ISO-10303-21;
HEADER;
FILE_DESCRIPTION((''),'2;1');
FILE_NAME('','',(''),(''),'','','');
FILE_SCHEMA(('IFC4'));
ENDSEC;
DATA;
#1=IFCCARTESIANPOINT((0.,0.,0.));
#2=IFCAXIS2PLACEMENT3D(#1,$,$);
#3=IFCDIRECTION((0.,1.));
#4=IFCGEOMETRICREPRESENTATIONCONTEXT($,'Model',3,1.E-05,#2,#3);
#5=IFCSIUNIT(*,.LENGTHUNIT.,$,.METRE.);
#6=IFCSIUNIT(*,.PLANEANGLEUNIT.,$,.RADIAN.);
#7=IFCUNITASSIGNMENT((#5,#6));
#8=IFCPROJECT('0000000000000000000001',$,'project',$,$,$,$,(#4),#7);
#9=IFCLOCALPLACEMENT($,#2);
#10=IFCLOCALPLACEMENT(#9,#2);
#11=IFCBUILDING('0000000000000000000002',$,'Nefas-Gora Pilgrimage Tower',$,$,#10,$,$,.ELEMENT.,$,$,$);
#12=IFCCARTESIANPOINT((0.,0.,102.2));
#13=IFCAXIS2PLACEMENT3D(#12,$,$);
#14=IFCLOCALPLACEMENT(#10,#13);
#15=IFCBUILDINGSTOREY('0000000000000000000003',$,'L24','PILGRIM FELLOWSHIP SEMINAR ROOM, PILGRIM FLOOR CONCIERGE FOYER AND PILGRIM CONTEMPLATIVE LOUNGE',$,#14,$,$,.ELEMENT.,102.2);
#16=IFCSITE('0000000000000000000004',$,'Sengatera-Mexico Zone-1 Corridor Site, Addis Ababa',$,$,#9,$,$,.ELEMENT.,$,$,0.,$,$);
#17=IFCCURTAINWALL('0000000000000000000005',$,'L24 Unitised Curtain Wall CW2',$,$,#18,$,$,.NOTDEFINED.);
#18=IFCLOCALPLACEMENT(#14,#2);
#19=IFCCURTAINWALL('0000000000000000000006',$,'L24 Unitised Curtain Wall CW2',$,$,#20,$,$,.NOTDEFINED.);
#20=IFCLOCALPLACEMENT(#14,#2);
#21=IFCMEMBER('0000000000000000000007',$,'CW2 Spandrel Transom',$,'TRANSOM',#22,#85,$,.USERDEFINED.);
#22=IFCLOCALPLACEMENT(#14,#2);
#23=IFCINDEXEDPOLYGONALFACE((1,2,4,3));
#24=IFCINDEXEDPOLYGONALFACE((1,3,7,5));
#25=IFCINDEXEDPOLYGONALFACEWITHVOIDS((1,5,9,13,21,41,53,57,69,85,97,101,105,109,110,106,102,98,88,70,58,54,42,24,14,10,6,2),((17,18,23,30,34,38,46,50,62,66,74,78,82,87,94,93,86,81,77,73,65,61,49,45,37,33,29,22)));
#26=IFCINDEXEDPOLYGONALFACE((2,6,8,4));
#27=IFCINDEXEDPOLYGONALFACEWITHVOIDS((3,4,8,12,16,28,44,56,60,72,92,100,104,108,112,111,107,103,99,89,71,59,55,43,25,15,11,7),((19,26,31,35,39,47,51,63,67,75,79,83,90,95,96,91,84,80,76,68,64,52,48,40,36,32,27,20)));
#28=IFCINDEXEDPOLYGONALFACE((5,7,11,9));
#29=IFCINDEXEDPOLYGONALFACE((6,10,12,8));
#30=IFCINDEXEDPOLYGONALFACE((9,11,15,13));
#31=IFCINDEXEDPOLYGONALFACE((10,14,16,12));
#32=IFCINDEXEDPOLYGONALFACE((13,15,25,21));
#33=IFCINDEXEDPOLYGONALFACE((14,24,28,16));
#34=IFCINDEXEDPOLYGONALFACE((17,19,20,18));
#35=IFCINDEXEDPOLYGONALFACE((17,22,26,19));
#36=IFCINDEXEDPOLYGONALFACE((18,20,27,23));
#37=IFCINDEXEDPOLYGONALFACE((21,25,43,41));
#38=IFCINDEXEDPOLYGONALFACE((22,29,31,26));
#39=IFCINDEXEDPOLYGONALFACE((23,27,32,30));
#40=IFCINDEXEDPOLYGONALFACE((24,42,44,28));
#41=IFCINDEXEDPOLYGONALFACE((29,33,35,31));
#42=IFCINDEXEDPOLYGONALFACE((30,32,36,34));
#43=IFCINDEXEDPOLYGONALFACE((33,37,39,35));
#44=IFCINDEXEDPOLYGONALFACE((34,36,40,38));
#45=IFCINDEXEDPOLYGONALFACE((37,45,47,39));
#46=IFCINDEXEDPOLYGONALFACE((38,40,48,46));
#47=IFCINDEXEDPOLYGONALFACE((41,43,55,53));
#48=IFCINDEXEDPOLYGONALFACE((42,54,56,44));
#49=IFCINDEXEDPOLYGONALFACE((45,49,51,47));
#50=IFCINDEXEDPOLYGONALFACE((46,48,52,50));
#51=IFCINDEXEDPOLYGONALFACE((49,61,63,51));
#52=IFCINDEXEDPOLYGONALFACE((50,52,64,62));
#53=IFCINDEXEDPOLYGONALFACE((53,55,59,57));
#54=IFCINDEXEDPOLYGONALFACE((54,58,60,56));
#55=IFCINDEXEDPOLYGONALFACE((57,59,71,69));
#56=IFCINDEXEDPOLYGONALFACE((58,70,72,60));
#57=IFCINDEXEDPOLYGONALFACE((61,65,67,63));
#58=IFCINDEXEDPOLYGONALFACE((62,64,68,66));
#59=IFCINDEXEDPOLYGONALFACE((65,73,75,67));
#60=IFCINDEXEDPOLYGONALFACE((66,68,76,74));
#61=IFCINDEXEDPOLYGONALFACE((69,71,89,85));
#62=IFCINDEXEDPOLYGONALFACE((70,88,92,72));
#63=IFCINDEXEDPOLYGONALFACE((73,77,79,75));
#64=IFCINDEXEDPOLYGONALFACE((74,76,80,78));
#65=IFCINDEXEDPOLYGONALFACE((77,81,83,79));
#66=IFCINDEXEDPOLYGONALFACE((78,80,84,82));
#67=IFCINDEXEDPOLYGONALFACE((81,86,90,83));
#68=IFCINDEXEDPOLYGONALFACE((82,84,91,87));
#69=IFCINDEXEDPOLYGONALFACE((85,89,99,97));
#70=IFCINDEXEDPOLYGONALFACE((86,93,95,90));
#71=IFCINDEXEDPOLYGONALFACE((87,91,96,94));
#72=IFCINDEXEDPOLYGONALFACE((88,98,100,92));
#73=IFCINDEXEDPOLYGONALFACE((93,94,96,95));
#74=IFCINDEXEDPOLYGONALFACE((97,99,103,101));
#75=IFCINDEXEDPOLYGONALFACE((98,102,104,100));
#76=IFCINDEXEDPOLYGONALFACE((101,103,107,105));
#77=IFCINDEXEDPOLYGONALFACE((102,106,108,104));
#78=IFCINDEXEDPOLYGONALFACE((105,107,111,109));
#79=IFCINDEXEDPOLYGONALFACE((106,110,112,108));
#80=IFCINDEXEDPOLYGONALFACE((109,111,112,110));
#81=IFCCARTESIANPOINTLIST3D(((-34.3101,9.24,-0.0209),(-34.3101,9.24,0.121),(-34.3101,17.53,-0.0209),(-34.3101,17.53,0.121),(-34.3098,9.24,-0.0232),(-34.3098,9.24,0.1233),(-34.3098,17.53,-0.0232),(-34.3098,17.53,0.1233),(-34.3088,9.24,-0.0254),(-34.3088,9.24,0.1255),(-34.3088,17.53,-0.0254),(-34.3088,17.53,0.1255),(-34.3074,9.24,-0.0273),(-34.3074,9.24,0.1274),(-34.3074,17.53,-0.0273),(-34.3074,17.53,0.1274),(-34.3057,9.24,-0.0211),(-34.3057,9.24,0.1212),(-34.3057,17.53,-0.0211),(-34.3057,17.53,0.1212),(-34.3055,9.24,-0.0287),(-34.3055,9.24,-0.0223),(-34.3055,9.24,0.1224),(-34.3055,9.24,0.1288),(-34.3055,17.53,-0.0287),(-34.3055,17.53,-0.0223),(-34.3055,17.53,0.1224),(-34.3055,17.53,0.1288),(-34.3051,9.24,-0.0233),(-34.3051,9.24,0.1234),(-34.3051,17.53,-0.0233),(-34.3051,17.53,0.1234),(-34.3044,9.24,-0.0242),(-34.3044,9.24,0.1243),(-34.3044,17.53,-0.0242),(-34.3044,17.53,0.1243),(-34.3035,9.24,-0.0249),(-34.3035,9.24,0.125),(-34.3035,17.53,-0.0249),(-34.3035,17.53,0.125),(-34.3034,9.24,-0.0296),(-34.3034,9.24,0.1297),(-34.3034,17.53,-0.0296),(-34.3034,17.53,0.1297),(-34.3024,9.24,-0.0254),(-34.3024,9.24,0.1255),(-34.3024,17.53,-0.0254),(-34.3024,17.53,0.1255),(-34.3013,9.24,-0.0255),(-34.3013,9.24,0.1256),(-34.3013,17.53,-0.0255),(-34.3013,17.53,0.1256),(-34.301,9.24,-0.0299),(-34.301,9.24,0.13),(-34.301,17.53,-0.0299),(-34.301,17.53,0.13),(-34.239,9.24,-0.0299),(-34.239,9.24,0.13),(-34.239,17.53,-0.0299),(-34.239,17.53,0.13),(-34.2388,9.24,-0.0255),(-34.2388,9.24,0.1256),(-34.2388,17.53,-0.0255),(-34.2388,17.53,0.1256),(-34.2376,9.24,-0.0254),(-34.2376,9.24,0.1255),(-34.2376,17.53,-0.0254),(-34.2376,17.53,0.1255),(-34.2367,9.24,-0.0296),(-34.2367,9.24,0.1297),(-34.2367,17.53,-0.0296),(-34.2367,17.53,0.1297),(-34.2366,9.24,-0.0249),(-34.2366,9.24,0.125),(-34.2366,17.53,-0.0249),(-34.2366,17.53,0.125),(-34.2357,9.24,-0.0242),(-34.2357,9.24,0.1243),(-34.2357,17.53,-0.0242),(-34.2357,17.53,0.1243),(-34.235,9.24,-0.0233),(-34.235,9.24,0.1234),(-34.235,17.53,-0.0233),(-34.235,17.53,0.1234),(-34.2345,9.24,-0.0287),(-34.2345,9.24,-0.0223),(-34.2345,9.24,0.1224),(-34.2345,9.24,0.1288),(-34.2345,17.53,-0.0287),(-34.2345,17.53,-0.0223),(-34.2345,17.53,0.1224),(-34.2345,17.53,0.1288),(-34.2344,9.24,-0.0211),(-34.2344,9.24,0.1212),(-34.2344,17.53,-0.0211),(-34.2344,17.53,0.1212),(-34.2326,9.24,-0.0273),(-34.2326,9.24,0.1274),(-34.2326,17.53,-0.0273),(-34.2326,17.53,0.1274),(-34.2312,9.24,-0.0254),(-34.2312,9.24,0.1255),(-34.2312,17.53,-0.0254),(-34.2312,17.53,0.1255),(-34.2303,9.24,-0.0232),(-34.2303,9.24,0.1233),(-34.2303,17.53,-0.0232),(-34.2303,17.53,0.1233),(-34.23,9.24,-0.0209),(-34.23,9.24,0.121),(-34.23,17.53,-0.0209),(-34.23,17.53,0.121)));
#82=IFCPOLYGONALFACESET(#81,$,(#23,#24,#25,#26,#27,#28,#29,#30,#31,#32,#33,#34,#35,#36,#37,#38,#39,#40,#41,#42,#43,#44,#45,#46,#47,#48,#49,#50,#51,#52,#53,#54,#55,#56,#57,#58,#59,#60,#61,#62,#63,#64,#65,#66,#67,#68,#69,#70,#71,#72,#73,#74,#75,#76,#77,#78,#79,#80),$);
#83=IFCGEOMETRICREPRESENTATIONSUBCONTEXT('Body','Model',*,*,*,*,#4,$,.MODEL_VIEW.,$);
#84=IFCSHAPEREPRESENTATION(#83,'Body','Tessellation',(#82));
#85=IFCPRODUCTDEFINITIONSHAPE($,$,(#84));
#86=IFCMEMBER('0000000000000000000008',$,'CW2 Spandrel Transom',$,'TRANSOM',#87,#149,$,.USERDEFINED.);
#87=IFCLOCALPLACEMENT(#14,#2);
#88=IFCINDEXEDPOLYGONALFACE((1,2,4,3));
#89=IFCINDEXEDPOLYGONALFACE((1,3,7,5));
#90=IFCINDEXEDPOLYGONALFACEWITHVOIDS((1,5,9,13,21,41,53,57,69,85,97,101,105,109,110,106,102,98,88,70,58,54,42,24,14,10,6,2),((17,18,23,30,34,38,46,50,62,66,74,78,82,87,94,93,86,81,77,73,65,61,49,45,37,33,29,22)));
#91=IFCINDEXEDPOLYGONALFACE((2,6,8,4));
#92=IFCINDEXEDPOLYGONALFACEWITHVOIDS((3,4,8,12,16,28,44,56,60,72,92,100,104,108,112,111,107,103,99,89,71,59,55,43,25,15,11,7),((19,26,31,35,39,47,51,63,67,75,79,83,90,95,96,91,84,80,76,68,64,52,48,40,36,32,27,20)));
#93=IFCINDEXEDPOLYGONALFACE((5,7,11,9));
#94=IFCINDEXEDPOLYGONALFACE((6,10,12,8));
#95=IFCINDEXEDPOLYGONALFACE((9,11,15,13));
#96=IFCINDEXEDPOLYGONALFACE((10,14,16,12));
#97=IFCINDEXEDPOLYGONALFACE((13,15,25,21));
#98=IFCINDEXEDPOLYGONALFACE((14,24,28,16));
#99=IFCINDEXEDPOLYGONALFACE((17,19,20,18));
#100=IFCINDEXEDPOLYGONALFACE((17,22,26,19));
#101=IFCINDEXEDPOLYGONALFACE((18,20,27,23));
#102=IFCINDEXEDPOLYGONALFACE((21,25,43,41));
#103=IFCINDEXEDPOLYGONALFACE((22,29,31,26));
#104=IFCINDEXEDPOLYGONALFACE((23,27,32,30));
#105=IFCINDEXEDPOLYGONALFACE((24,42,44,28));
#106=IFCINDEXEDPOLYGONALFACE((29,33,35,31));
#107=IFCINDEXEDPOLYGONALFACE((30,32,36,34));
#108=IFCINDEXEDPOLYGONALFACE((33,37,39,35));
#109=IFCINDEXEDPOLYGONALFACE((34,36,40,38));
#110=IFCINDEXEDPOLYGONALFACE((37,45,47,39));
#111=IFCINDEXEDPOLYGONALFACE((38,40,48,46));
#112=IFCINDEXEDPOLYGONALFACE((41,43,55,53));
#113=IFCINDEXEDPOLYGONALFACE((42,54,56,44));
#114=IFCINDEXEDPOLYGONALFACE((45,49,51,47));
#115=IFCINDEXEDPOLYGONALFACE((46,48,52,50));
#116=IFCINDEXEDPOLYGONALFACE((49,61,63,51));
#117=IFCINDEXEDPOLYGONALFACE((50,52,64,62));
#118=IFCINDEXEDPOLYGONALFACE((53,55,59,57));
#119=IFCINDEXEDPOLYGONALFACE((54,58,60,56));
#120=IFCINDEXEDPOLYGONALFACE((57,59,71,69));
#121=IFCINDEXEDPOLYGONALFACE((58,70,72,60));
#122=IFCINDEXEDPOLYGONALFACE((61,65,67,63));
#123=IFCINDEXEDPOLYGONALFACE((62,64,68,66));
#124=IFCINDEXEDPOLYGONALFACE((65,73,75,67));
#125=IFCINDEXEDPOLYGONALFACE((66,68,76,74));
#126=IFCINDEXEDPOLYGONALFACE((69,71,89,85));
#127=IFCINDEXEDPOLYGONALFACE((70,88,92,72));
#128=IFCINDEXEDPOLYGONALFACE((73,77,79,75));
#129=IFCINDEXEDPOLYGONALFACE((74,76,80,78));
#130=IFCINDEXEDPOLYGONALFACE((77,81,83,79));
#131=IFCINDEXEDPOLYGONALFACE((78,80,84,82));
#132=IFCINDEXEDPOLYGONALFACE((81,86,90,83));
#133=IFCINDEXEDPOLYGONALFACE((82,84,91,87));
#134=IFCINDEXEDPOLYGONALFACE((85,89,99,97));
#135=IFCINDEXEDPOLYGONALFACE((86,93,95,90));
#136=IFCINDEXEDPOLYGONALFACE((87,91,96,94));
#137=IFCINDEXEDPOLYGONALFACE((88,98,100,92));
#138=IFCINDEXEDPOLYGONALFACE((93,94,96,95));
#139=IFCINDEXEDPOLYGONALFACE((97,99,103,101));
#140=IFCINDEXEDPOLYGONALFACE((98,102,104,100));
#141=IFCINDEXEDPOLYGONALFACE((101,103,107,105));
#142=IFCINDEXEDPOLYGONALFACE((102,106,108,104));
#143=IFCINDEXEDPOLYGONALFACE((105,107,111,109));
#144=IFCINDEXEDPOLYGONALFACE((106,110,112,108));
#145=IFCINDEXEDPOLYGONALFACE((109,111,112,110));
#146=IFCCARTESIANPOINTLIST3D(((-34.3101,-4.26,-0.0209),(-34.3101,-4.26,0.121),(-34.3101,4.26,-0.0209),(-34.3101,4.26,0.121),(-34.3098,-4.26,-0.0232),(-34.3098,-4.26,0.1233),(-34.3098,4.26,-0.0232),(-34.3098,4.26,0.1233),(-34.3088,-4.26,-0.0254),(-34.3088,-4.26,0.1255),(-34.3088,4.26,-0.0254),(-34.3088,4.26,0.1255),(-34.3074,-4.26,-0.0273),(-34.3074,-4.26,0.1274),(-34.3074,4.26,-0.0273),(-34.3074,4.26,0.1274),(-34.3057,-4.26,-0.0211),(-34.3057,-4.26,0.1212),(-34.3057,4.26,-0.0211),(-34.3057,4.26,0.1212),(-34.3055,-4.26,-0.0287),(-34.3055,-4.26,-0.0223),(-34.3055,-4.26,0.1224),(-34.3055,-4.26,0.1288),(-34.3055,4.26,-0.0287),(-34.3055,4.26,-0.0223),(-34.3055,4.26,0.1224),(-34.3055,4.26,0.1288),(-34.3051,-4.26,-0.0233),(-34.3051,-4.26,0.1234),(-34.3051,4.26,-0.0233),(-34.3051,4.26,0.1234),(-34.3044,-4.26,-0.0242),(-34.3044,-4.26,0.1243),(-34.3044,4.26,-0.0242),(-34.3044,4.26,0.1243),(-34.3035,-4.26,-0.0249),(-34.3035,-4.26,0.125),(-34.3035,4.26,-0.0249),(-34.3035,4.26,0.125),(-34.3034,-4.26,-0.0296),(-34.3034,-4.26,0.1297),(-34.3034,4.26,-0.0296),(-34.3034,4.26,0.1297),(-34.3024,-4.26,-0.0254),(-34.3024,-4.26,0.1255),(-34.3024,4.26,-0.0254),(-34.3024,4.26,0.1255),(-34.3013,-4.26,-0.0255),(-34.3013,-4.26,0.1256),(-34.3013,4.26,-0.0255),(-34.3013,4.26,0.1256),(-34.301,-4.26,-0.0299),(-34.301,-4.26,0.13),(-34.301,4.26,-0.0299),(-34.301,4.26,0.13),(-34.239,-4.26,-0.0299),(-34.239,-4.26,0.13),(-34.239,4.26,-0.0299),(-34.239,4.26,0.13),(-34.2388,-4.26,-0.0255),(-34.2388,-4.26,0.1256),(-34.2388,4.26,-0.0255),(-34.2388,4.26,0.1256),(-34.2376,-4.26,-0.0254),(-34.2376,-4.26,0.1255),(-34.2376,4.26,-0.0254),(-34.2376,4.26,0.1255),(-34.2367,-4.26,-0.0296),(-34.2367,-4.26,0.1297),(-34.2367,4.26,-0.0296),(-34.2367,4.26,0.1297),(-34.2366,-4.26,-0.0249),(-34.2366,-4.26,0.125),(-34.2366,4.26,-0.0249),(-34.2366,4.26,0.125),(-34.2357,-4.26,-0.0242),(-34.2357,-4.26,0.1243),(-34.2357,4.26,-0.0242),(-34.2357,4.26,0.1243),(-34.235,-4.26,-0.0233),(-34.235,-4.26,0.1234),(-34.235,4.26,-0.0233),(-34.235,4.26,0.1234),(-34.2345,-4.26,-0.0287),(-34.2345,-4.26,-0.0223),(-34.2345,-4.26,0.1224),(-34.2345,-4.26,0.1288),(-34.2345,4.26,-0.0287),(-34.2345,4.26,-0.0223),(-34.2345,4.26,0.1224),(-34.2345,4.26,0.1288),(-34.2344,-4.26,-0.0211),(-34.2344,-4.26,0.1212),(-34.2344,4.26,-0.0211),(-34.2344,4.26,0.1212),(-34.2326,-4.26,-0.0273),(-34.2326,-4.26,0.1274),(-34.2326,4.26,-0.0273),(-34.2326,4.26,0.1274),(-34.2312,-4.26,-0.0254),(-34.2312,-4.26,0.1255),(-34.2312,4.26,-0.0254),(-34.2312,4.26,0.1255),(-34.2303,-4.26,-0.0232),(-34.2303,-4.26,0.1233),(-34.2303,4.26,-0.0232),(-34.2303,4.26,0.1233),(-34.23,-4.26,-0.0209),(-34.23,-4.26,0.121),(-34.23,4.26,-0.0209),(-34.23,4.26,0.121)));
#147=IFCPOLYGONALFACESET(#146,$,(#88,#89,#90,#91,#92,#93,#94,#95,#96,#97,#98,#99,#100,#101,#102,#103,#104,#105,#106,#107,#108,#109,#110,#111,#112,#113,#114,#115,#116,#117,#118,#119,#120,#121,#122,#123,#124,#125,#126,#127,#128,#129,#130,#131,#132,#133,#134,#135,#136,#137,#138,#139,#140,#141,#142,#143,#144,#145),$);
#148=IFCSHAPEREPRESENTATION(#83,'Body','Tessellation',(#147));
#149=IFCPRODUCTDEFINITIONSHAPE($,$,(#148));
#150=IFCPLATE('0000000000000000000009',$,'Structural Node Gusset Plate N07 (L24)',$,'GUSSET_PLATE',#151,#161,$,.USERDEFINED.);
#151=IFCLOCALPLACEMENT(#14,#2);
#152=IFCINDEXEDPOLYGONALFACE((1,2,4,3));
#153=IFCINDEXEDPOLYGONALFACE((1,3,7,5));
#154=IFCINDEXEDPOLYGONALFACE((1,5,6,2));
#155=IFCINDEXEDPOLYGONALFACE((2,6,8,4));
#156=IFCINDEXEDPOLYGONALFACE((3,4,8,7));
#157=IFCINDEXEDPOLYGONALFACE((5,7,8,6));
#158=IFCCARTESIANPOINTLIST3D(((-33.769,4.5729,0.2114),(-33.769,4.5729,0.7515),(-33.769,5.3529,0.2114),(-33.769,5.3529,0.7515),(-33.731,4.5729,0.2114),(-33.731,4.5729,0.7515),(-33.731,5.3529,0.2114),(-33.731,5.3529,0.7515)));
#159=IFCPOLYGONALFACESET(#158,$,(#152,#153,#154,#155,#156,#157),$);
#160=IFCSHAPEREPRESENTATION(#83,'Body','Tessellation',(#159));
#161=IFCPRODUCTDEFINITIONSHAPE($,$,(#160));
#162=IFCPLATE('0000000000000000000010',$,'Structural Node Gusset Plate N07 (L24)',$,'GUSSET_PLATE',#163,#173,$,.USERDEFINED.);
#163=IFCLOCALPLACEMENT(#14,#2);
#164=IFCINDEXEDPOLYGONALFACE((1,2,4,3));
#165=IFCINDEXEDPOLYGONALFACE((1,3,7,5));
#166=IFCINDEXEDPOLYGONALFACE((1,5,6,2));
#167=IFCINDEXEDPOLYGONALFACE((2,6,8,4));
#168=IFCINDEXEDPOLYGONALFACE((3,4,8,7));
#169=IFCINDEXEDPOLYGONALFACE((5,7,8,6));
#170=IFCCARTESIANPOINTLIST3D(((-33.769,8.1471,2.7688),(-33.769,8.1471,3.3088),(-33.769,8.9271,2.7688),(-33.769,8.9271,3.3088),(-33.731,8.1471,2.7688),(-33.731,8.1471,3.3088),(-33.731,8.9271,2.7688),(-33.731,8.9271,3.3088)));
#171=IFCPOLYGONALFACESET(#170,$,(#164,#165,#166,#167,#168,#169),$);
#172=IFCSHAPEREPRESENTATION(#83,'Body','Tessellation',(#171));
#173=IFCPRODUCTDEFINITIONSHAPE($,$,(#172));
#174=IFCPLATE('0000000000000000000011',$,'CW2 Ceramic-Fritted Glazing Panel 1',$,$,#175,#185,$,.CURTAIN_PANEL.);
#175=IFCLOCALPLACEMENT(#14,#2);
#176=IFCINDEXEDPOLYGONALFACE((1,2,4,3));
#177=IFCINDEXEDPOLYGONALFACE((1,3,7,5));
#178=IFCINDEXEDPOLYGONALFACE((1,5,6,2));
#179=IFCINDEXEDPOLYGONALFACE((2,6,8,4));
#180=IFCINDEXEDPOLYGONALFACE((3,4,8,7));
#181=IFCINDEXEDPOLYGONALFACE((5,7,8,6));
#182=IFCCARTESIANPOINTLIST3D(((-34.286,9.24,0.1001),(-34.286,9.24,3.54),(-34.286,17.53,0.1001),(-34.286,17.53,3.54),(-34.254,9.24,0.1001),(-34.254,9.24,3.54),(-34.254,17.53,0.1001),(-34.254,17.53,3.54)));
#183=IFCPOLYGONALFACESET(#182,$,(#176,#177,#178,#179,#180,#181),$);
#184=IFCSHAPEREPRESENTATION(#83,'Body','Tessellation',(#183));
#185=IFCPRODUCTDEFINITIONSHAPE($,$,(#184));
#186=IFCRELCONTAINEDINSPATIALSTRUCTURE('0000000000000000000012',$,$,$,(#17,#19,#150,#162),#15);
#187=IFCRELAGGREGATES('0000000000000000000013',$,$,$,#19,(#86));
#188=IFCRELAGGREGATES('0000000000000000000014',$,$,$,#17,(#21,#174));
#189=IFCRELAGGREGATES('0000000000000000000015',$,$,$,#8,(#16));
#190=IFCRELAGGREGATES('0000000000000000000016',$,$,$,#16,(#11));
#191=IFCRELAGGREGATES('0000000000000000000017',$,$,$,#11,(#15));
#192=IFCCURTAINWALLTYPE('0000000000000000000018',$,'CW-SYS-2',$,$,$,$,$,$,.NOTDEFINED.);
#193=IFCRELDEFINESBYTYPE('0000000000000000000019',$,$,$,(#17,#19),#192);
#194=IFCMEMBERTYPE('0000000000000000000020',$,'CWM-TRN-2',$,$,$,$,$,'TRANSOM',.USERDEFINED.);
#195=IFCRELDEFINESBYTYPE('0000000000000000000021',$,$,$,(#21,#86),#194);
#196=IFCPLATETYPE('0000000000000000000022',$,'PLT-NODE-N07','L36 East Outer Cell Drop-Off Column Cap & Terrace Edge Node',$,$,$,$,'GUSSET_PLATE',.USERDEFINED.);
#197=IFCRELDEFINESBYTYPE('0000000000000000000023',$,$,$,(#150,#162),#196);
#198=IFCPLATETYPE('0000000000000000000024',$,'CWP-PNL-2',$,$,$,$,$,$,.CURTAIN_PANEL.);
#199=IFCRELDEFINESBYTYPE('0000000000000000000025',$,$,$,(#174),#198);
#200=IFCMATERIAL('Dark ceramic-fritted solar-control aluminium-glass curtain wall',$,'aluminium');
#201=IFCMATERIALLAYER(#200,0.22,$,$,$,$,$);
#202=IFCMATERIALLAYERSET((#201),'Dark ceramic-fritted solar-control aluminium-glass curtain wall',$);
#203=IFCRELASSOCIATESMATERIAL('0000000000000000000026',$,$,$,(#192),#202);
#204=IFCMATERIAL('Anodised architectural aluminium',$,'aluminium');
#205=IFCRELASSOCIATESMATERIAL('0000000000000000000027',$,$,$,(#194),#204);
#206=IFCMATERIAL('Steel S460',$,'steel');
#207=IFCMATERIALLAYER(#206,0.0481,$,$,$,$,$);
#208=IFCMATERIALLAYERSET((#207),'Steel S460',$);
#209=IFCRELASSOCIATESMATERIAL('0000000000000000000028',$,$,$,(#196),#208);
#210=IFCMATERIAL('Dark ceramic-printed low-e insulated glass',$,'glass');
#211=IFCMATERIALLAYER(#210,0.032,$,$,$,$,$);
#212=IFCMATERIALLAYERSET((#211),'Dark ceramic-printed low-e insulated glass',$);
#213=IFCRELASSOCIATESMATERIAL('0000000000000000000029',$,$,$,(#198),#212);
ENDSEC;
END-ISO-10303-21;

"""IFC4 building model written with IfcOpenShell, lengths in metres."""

from ifc_helpers import new_model, si_unit, direction, frame, origin, origin_2d, place, context, subcontext, project, spatial, rectangle, hollow_rectangle, extrude, source, transform, mapped, material, layer, layer_set, material_profile, profile_set, type_object, element, aggregate, save


model = new_model("IFC4")

# Units and contexts
model_context = context("Model", 3, precision=1e-05, world=origin(), true_north=direction((0.0, 1.0)))
body_context = subcontext(model_context, "Body", "Model", "MODEL_VIEW")
ifc_project = project(units=[si_unit("LENGTHUNIT", "METRE"), si_unit("PLANEANGLEUNIT", "RADIAN")], contexts=[model_context])

# Site, building, storey
site_placement = place(None, origin())
site = spatial("IfcSite", under=ifc_project, at=site_placement, Name="Sengatera-Mexico Zone-1 Corridor Site, Addis Ababa", CompositionType="ELEMENT", RefElevation=0.0)
building_placement = place(site_placement, origin())
building = spatial("IfcBuilding", under=site, at=building_placement, Name="Nefas-Gora Pilgrimage Tower", CompositionType="ELEMENT")
storey_placement = place(building_placement, frame((0.0, 0.0, 102.2)))
storey = spatial("IfcBuildingStorey", under=building, at=storey_placement, Name="L24", Description="PILGRIM FELLOWSHIP SEMINAR ROOM, PILGRIM FLOOR CONCIERGE FOYER AND PILGRIM CONTEMPLATIVE LOUNGE", CompositionType="ELEMENT", Elevation=102.2)

# Shared definitions
ifc_material_1 = material(Name="Steel S460", Category="steel")

# Shared definitions
ifc_material_2 = material(Name="Dark ceramic-fritted solar-control aluminium-glass curtain wall", Category="aluminium")
ifc_layer_1 = layer(ifc_material_2, 0.22)
ifc_layer_set_1 = layer_set([ifc_layer_1], Name="Dark ceramic-fritted solar-control aluminium-glass curtain wall")
curtain_wall_type = type_object("IfcCurtainWallType", Name="CW-SYS-2", PredefinedType="NOTDEFINED", material=ifc_layer_set_1)
ifc_material_3 = material(Name="Anodised architectural aluminium", Category="aluminium")

# Curtain wall
curtain_wall_1_placement = place(storey_placement, origin())
curtain_wall_1 = element("IfcCurtainWall", 1, at=curtain_wall_1_placement, inside=storey, type_object=curtain_wall_type, Name="L24 Unitised Curtain Wall CW2", PredefinedType="NOTDEFINED")

# Curtain wall
curtain_wall_2_placement = place(storey_placement, origin())
curtain_wall_2 = element("IfcCurtainWall", 2, at=curtain_wall_2_placement, inside=storey, type_object=curtain_wall_type, Name="L24 Unitised Curtain Wall CW2", PredefinedType="NOTDEFINED")

# Members
ifc_material_profile_1 = material_profile(ifc_material_3, hollow_rectangle(XDim=0.0801, YDim=0.1599, WallThickness=0.0044, InnerFilletRadius=0.0044, OuterFilletRadius=0.009, at=origin_2d()), Name="ALU TRANSOM 80x160")
ifc_profile_set_1 = profile_set([ifc_material_profile_1], Name="Anodised architectural aluminium")
member_type_1 = type_object("IfcMemberType", Name="CWM-TRN-2", ElementType="TRANSOM", PredefinedType="USERDEFINED", material=ifc_profile_set_1)
shared_shape_1 = source(origin(), body_context, "Body", "SweptSolid", [
    extrude(hollow_rectangle(XDim=0.0801, YDim=0.1599, WallThickness=0.0044, InnerFilletRadius=0.0044, OuterFilletRadius=0.009, at=origin_2d()), origin(), (0.0, 0.0, 1.0), 8.29),
])
member_1_placement = place(storey_placement, frame((-34.27, 17.53, 0.05), z_axis=(0.0, -1.0, 0.0), x_axis=(1.0, 0.0, 0.0)))
member_1 = element("IfcMember", 3, at=member_1_placement, type_object=member_type_1, Name="CW2 Spandrel Transom", ObjectType="TRANSOM", PredefinedType="USERDEFINED", context=body_context, shape_type="MappedRepresentation", body=[
    mapped(shared_shape_1, transform((0.0, 0.0, 0.0), x_axis=(1.0, 0.0, 0.0), y_axis=(0.0, 1.0, 0.0), z_axis=(0.0, 0.0, 1.0), scale=1.0)),
])
shared_shape_2 = source(origin(), body_context, "Body", "SweptSolid", [
    extrude(hollow_rectangle(XDim=0.0801, YDim=0.1599, WallThickness=0.0044, InnerFilletRadius=0.0044, OuterFilletRadius=0.009, at=origin_2d()), origin(), (0.0, 0.0, 1.0), 8.52),
])
member_2_placement = place(storey_placement, frame((-34.27, 4.26, 0.05), z_axis=(0.0, -1.0, 0.0), x_axis=(1.0, 0.0, 0.0)))
member_2 = element("IfcMember", 4, at=member_2_placement, type_object=member_type_1, Name="CW2 Spandrel Transom", ObjectType="TRANSOM", PredefinedType="USERDEFINED", context=body_context, shape_type="MappedRepresentation", body=[
    mapped(shared_shape_2, transform((0.0, 0.0, 0.0), x_axis=(1.0, 0.0, 0.0), y_axis=(0.0, 1.0, 0.0), z_axis=(0.0, 0.0, 1.0), scale=1.0)),
])
aggregate(curtain_wall_2, [member_2])

# Plates
ifc_layer_2 = layer(ifc_material_1, 0.0481)
ifc_layer_set_2 = layer_set([ifc_layer_2], Name="Steel S460")
plate_type_1 = type_object("IfcPlateType", Name="PLT-NODE-N07", Description="L36 East Outer Cell Drop-Off Column Cap & Terrace Edge Node", ElementType="GUSSET_PLATE", PredefinedType="USERDEFINED", material=ifc_layer_set_2)
shared_shape_3 = source(origin(), body_context, "Body", "SweptSolid", [
    extrude(rectangle(XDim=0.78, YDim=0.0381, at=origin_2d()), origin(), (0.0, 0.0, 1.0), 0.54),
])
for number, where, z_axis, x_axis, name in (
    (5, (-33.75, 4.9629, 0.2114), (0.0, 0.0, 1.0), (0.0, 1.0, 0.0), "Structural Node Gusset Plate N07 (L24)"),
    (6, (-33.75, 8.5371, 2.7688), (0.0, 0.0, 1.0), (0.0, 1.0, 0.0), "Structural Node Gusset Plate N07 (L24)"),
):
    element("IfcPlate", number, at=place(storey_placement, frame(where, z_axis=z_axis, x_axis=x_axis)), inside=storey, type_object=plate_type_1, Name=name, ObjectType="GUSSET_PLATE", PredefinedType="USERDEFINED", context=body_context, shape_type="MappedRepresentation", body=[
        mapped(shared_shape_3, transform((0.0, 0.0, 0.0), x_axis=(1.0, 0.0, 0.0), y_axis=(0.0, 1.0, 0.0), z_axis=(0.0, 0.0, 1.0), scale=1.0)),
    ])

# Plate
ifc_material_4 = material(Name="Dark ceramic-printed low-e insulated glass", Category="glass")
ifc_layer_3 = layer(ifc_material_4, 0.032)
ifc_layer_set_3 = layer_set([ifc_layer_3], Name="Dark ceramic-printed low-e insulated glass")
plate_type_2 = type_object("IfcPlateType", Name="CWP-PNL-2", PredefinedType="CURTAIN_PANEL", material=ifc_layer_set_3)
shared_shape_4 = source(origin(), body_context, "Body", "SweptSolid", [
    extrude(rectangle(XDim=8.29, YDim=0.032, at=origin_2d()), origin(), (0.0, 0.0, 1.0), 3.4399),
])
plate_placement = place(storey_placement, frame((-34.27, 13.385, 0.1001), z_axis=(0.0, 0.0, 1.0), x_axis=(0.0, -1.0, 0.0)))
plate = element("IfcPlate", 7, at=plate_placement, type_object=plate_type_2, Name="CW2 Ceramic-Fritted Glazing Panel 1", PredefinedType="CURTAIN_PANEL", context=body_context, shape_type="MappedRepresentation", body=[
    mapped(shared_shape_4, transform((0.0, 0.0, 0.0), x_axis=(1.0, 0.0, 0.0), y_axis=(0.0, 1.0, 0.0), z_axis=(0.0, 0.0, 1.0), scale=1.0)),
])
aggregate(curtain_wall_1, [member_1, plate])

save(model, "model.ifc")
